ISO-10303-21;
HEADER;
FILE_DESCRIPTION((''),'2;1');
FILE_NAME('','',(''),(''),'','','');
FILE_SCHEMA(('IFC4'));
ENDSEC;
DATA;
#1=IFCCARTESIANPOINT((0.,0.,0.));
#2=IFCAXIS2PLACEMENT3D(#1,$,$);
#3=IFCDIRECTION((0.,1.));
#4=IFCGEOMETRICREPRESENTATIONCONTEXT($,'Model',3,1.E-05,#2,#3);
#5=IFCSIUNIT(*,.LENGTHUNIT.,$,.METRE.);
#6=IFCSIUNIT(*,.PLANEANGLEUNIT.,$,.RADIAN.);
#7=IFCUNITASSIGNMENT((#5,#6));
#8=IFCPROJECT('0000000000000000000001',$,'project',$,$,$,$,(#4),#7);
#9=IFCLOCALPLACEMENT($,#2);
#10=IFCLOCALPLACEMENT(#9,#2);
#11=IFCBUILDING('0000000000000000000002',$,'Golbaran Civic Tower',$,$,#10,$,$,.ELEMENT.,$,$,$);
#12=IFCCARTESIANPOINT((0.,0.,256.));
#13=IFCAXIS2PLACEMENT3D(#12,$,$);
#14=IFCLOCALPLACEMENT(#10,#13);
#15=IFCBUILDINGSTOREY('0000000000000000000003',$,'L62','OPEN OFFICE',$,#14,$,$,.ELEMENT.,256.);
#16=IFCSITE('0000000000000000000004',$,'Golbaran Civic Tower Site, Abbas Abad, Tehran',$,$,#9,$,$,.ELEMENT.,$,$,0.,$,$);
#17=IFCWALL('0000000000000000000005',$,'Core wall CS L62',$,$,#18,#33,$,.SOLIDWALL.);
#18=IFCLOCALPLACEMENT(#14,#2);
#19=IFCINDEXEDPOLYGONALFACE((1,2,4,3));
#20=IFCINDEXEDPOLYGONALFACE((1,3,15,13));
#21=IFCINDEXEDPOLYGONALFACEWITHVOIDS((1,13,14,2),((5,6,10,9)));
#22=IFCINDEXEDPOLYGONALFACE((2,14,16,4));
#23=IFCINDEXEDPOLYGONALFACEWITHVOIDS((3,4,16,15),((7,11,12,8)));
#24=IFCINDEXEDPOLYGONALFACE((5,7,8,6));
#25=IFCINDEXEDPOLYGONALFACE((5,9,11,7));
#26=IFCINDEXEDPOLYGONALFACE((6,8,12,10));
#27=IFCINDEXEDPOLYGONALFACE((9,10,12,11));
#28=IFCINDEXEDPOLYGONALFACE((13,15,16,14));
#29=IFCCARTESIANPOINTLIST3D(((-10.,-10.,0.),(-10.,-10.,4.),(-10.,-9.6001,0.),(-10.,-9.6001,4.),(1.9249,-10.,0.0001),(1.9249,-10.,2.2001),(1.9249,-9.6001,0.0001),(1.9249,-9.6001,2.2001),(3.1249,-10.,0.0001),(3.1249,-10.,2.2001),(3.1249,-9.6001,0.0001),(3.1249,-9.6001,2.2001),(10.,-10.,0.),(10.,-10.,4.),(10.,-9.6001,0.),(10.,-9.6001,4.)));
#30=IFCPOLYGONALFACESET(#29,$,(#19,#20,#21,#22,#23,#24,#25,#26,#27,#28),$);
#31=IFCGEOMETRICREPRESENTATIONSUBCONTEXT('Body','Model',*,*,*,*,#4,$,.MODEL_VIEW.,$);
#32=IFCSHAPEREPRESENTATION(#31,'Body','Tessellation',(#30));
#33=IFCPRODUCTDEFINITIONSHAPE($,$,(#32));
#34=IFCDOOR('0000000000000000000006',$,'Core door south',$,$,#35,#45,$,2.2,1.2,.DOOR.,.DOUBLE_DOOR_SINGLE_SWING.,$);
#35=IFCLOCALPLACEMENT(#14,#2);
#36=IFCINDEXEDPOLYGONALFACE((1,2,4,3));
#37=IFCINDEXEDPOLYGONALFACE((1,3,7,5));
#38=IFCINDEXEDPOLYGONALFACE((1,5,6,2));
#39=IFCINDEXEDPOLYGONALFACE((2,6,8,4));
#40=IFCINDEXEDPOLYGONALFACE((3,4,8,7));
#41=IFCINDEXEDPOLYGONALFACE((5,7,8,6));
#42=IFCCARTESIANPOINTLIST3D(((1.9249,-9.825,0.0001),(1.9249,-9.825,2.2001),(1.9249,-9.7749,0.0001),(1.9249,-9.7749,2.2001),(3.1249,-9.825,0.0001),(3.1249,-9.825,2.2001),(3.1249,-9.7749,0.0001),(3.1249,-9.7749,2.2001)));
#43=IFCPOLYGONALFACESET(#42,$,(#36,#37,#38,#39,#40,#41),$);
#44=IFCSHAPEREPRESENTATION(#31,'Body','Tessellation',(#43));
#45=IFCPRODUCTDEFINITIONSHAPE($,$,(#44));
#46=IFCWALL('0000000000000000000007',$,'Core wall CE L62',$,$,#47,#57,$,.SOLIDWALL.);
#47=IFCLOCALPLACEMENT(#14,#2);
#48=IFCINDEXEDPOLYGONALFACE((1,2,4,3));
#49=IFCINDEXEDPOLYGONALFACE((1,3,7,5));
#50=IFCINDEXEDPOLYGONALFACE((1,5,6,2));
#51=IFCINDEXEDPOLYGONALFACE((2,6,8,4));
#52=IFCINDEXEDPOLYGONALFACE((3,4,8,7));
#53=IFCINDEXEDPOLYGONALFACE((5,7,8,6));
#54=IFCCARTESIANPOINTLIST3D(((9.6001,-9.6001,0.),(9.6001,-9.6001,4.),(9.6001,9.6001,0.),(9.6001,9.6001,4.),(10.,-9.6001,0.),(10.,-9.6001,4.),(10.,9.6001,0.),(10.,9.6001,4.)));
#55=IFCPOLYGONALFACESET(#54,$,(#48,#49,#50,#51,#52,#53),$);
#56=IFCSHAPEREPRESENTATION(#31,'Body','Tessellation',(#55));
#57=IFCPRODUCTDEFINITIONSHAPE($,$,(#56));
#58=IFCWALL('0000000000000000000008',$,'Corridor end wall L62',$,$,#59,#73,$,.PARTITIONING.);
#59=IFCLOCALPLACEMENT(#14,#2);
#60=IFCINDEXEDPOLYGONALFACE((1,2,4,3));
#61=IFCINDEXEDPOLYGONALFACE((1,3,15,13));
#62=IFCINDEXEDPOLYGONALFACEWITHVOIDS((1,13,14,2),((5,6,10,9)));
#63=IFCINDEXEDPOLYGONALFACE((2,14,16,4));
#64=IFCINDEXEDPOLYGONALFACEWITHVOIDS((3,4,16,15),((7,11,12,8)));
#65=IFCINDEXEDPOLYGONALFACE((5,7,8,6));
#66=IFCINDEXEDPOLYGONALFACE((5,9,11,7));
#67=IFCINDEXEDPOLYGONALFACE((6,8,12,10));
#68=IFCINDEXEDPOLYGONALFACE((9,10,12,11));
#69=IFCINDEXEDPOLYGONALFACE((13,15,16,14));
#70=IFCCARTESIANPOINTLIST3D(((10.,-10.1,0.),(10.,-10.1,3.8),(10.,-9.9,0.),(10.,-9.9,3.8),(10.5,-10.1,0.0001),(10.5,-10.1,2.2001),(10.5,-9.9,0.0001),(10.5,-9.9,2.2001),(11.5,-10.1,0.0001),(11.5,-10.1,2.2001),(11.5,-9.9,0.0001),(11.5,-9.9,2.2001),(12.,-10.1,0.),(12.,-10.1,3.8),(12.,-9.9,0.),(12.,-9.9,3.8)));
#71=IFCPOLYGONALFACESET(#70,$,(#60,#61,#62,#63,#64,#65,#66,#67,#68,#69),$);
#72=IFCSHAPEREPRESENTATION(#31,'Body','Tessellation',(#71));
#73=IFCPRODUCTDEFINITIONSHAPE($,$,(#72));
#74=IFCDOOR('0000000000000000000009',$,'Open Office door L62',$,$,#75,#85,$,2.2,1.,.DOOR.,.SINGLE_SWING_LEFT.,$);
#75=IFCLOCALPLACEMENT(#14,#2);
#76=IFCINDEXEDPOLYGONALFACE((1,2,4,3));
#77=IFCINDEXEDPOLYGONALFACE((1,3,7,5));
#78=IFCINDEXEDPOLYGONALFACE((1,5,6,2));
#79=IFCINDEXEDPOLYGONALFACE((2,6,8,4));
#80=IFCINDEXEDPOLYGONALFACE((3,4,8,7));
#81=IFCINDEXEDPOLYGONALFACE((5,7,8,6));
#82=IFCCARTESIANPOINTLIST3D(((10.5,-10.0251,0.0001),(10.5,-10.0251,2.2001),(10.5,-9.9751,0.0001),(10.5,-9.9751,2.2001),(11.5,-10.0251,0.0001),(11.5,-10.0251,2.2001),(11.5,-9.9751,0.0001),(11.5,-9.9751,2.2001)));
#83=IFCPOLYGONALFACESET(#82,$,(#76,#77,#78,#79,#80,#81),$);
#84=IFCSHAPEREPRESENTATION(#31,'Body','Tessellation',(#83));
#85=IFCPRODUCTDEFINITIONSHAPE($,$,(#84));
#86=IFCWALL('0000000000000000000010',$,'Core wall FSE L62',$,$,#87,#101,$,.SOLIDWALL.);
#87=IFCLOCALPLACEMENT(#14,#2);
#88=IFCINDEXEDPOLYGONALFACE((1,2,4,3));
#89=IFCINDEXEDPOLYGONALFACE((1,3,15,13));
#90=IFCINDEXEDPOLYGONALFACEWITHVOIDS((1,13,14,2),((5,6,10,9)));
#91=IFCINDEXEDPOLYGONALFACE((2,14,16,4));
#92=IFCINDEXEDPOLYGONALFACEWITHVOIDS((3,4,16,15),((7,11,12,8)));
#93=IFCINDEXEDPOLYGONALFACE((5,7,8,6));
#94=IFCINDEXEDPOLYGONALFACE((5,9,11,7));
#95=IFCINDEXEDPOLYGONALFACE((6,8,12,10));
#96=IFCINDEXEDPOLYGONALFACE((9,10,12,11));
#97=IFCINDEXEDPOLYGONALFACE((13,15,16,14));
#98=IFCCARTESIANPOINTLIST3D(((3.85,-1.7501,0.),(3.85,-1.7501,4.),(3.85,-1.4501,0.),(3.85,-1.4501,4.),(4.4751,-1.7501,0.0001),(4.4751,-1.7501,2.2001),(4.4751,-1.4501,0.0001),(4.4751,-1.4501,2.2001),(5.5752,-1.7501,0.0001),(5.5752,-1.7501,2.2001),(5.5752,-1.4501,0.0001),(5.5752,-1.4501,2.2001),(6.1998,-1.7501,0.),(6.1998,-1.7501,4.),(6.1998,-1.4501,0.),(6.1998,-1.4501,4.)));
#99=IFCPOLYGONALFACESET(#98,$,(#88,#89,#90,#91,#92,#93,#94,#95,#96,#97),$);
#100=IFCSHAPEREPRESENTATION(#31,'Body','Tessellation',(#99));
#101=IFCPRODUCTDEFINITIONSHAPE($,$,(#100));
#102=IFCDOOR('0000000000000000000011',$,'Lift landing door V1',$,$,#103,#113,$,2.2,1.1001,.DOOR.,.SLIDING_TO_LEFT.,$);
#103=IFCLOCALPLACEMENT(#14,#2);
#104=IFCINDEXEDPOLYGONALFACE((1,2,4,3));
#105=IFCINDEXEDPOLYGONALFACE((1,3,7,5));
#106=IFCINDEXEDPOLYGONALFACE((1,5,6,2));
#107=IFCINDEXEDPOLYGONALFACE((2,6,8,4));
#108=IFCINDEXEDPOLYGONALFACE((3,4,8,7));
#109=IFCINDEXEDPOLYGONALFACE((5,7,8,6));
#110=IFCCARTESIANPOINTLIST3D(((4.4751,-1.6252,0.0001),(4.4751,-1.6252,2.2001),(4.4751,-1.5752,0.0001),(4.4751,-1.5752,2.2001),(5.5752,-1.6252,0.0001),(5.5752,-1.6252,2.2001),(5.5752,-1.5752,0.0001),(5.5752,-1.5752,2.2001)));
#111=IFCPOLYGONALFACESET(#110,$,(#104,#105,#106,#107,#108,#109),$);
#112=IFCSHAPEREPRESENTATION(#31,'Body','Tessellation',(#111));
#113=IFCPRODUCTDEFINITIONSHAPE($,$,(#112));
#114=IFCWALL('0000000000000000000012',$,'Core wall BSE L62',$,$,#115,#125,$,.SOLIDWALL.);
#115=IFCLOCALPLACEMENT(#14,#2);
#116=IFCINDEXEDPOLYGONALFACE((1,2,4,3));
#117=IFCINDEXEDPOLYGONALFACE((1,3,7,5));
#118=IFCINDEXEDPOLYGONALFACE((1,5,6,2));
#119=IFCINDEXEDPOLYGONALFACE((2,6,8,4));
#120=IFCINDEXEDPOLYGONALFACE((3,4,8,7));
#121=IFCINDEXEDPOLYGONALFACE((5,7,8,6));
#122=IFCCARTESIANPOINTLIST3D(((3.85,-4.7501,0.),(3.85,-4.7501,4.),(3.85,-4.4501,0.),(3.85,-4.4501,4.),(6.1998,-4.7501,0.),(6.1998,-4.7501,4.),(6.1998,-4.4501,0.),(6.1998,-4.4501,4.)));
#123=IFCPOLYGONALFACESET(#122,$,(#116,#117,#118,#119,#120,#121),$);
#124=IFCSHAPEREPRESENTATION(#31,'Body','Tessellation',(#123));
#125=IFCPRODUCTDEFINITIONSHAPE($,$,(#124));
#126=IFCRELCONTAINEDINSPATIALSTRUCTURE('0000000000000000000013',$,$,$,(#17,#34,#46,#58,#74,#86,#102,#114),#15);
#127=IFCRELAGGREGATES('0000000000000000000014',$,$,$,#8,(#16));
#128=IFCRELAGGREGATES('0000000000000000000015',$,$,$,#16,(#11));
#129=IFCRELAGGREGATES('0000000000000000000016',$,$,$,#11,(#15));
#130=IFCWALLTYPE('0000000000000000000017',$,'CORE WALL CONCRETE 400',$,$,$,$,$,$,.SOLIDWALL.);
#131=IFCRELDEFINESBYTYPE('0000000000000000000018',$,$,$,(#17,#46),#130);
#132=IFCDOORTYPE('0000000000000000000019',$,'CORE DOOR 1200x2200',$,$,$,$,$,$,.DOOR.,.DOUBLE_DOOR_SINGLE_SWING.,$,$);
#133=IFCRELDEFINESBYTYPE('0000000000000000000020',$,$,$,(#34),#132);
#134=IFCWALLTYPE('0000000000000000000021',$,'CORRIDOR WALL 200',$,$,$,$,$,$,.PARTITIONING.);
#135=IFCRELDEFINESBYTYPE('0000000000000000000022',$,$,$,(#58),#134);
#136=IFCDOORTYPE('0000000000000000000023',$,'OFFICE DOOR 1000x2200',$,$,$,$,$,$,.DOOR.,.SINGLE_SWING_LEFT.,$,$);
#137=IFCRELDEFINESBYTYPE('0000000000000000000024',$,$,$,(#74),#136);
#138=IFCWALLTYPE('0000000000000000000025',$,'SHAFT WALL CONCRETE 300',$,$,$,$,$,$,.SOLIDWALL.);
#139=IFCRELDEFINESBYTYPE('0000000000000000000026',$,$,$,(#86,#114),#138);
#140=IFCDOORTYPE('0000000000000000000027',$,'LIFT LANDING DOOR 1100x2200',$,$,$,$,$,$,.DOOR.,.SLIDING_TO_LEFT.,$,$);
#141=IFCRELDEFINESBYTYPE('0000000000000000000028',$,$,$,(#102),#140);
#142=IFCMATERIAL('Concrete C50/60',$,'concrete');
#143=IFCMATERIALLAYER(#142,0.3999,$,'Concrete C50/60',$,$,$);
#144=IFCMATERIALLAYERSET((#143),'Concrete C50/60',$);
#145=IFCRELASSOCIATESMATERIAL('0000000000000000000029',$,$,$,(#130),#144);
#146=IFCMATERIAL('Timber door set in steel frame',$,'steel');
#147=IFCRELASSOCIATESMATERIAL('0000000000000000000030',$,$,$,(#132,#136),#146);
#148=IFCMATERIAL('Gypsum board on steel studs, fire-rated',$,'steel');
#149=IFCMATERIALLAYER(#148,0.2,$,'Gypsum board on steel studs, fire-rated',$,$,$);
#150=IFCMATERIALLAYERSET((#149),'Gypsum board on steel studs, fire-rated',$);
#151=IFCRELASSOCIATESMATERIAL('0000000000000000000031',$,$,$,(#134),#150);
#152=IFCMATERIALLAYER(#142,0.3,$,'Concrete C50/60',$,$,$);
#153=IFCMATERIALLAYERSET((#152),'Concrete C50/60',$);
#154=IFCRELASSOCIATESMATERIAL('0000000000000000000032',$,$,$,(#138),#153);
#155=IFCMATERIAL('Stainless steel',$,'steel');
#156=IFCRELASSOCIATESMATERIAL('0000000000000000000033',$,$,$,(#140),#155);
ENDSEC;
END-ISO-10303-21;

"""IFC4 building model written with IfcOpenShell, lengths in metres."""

from ifc_helpers import new_model, si_unit, direction, frame, frame_2d, origin, place, context, subcontext, project, spatial, rectangle, extrude, material, layer, layer_set, type_object, element, fill, save


model = new_model("IFC4")

# Units and contexts
model_context = context("Model", 3, precision=1e-05, world=origin(), true_north=direction((0.0, 1.0)))
body_context = subcontext(model_context, "Body", "Model", "MODEL_VIEW")
ifc_project = project(units=[si_unit("LENGTHUNIT", "METRE"), si_unit("PLANEANGLEUNIT", "RADIAN")], contexts=[model_context])

# Site, building, storey
site_placement = place(None, origin())
site = spatial("IfcSite", under=ifc_project, at=site_placement, Name="Golbaran Civic Tower Site, Abbas Abad, Tehran", CompositionType="ELEMENT", RefElevation=0.0)
building_placement = place(site_placement, origin())
building = spatial("IfcBuilding", under=site, at=building_placement, Name="Golbaran Civic Tower", CompositionType="ELEMENT")
storey_placement = place(building_placement, frame((0.0, 0.0, 256.0)))
storey = spatial("IfcBuildingStorey", under=building, at=storey_placement, Name="L62", Description="OPEN OFFICE", CompositionType="ELEMENT", Elevation=256.0)

# Wall, opening, door
ifc_material_1 = material(Name="Concrete C50/60", Category="concrete")
ifc_layer_1 = layer(ifc_material_1, 0.3999, Name="Concrete C50/60")
ifc_layer_set_1 = layer_set([ifc_layer_1], Name="Concrete C50/60")
wall_type_1 = type_object("IfcWallType", Name="CORE WALL CONCRETE 400", PredefinedType="SOLIDWALL", material=ifc_layer_set_1)
wall_1_placement = place(storey_placement, frame((10.0, -9.8, 0.0), z_axis=(0.0, 0.0, 1.0), x_axis=(-1.0, 0.0, 0.0)))
wall_1 = element("IfcWall", 1, at=wall_1_placement, inside=storey, type_object=wall_type_1, Name="Core wall CS L62", PredefinedType="SOLIDWALL", context=body_context, shape_type="SweptSolid", body=[
    extrude(rectangle(XDim=20.0, YDim=0.3999, at=frame_2d((10.0, 0.0))), origin(), (0.0, 0.0, 1.0), 4.0),
])
opening_1_placement = place(wall_1_placement, frame((6.875, 0.0, 0.0)))
opening_1 = element("IfcOpeningElement", 2, at=opening_1_placement, cuts=wall_1, PredefinedType="OPENING", context=body_context, shape_type="SweptSolid", body=[
    extrude(rectangle(XDim=1.2, YDim=2.2, at=frame_2d((0.6001, 1.1001))), frame((0.0, 0.21, 0.0), z_axis=(0.0, -1.0, 0.0), x_axis=(1.0, 0.0, 0.0)), (0.0, 0.0, 1.0), 0.4199),
])
ifc_material_2 = material(Name="Timber door set in steel frame", Category="steel")
door_type_1 = type_object("IfcDoorType", Name="CORE DOOR 1200x2200", OperationType="DOUBLE_DOOR_SINGLE_SWING", PredefinedType="DOOR", material=ifc_material_2)
door_1_placement = place(opening_1_placement, origin())
door_1 = element("IfcDoor", 3, at=door_1_placement, inside=storey, type_object=door_type_1, Name="Core door south", OperationType="DOUBLE_DOOR_SINGLE_SWING", OverallHeight=2.2, OverallWidth=1.2, PredefinedType="DOOR", context=body_context, shape_type="SweptSolid", body=[
    extrude(rectangle(XDim=1.2, YDim=2.2, at=frame_2d((0.6001, 1.1001))), frame((0.0, 0.0249, 0.0), z_axis=(0.0, -1.0, 0.0), x_axis=(1.0, 0.0, 0.0)), (0.0, 0.0, 1.0), 0.05),
])
fill(opening_1, door_1)

# Wall
wall_2_placement = place(storey_placement, frame((9.8, -9.6001, 0.0), z_axis=(0.0, 0.0, 1.0), x_axis=(0.0, 1.0, 0.0)))
element("IfcWall", 4, at=wall_2_placement, inside=storey, type_object=wall_type_1, Name="Core wall CE L62", PredefinedType="SOLIDWALL", context=body_context, shape_type="SweptSolid", body=[
    extrude(rectangle(XDim=19.2002, YDim=0.3999, at=frame_2d((9.6001, 0.0))), origin(), (0.0, 0.0, 1.0), 4.0),
])

# Walls, openings, doors
ifc_material_3 = material(Name="Gypsum board on steel studs, fire-rated", Category="steel")
ifc_layer_2 = layer(ifc_material_3, 0.2, Name="Gypsum board on steel studs, fire-rated")
ifc_layer_set_2 = layer_set([ifc_layer_2], Name="Gypsum board on steel studs, fire-rated")
wall_type_2 = type_object("IfcWallType", Name="CORRIDOR WALL 200", PredefinedType="PARTITIONING", material=ifc_layer_set_2)
wall_3_placement = place(storey_placement, frame((10.0, -10.0, 0.0), z_axis=(0.0, 0.0, 1.0), x_axis=(1.0, 0.0, 0.0)))
wall_3 = element("IfcWall", 5, at=wall_3_placement, inside=storey, type_object=wall_type_2, Name="Corridor end wall L62", PredefinedType="PARTITIONING", context=body_context, shape_type="SweptSolid", body=[
    extrude(rectangle(XDim=2.0, YDim=0.2, at=frame_2d((1.0, 0.0))), origin(), (0.0, 0.0, 1.0), 3.8),
])
opening_2_placement = place(wall_3_placement, frame((0.5, 0.0, 0.0)))
opening_2 = element("IfcOpeningElement", 6, at=opening_2_placement, cuts=wall_3, PredefinedType="OPENING", context=body_context, shape_type="SweptSolid", body=[
    extrude(rectangle(XDim=1.0, YDim=2.2, at=frame_2d((0.5, 1.1001))), frame((0.0, 0.1099, 0.0), z_axis=(0.0, -1.0, 0.0), x_axis=(1.0, 0.0, 0.0)), (0.0, 0.0, 1.0), 0.22),
])
door_type_2 = type_object("IfcDoorType", Name="OFFICE DOOR 1000x2200", OperationType="SINGLE_SWING_LEFT", PredefinedType="DOOR", material=ifc_material_2)
door_2_placement = place(opening_2_placement, origin())
door_2 = element("IfcDoor", 7, at=door_2_placement, inside=storey, type_object=door_type_2, Name="Open Office door L62", OperationType="SINGLE_SWING_LEFT", OverallHeight=2.2, OverallWidth=1.0, PredefinedType="DOOR", context=body_context, shape_type="SweptSolid", body=[
    extrude(rectangle(XDim=1.0, YDim=2.2, at=frame_2d((0.5, 1.1001))), frame((0.0, 0.0249, 0.0), z_axis=(0.0, -1.0, 0.0), x_axis=(1.0, 0.0, 0.0)), (0.0, 0.0, 1.0), 0.05),
])
fill(opening_2, door_2)
ifc_layer_3 = layer(ifc_material_1, 0.3, Name="Concrete C50/60")
ifc_layer_set_3 = layer_set([ifc_layer_3], Name="Concrete C50/60")
wall_type_3 = type_object("IfcWallType", Name="SHAFT WALL CONCRETE 300", PredefinedType="SOLIDWALL", material=ifc_layer_set_3)
wall_4_placement = place(storey_placement, frame((3.8501, -1.6001, 0.0), z_axis=(0.0, 0.0, 1.0), x_axis=(1.0, 0.0, 0.0)))
wall_4 = element("IfcWall", 8, at=wall_4_placement, inside=storey, type_object=wall_type_3, Name="Core wall FSE L62", PredefinedType="SOLIDWALL", context=body_context, shape_type="SweptSolid", body=[
    extrude(rectangle(XDim=2.3499, YDim=0.3, at=frame_2d((1.1748, 0.0))), origin(), (0.0, 0.0, 1.0), 4.0),
])
opening_3_placement = place(wall_4_placement, frame((0.625, 0.0, 0.0)))
opening_3 = element("IfcOpeningElement", 9, at=opening_3_placement, cuts=wall_4, PredefinedType="OPENING", context=body_context, shape_type="SweptSolid", body=[
    extrude(rectangle(XDim=1.1001, YDim=2.2, at=frame_2d((0.55, 1.1001))), frame((0.0, 0.1599, 0.0), z_axis=(0.0, -1.0, 0.0), x_axis=(1.0, 0.0, 0.0)), (0.0, 0.0, 1.0), 0.3201),
])
ifc_material_4 = material(Name="Stainless steel", Category="steel")
door_type_3 = type_object("IfcDoorType", Name="LIFT LANDING DOOR 1100x2200", OperationType="SLIDING_TO_LEFT", PredefinedType="DOOR", material=ifc_material_4)
door_3_placement = place(opening_3_placement, origin())
door_3 = element("IfcDoor", 10, at=door_3_placement, inside=storey, type_object=door_type_3, Name="Lift landing door V1", OperationType="SLIDING_TO_LEFT", OverallHeight=2.2, OverallWidth=1.1001, PredefinedType="DOOR", context=body_context, shape_type="SweptSolid", body=[
    extrude(rectangle(XDim=1.1001, YDim=2.2, at=frame_2d((0.55, 1.1001))), frame((0.0, 0.0249, 0.0), z_axis=(0.0, -1.0, 0.0), x_axis=(1.0, 0.0, 0.0)), (0.0, 0.0, 1.0), 0.05),
])
fill(opening_3, door_3)

# Wall
wall_5_placement = place(storey_placement, frame((3.8501, -4.6001, 0.0), z_axis=(0.0, 0.0, 1.0), x_axis=(1.0, 0.0, 0.0)))
element("IfcWall", 11, at=wall_5_placement, inside=storey, type_object=wall_type_3, Name="Core wall BSE L62", PredefinedType="SOLIDWALL", context=body_context, shape_type="SweptSolid", body=[
    extrude(rectangle(XDim=2.3499, YDim=0.3, at=frame_2d((1.1748, 0.0))), origin(), (0.0, 0.0, 1.0), 4.0),
])

save(model, "model.ifc")
